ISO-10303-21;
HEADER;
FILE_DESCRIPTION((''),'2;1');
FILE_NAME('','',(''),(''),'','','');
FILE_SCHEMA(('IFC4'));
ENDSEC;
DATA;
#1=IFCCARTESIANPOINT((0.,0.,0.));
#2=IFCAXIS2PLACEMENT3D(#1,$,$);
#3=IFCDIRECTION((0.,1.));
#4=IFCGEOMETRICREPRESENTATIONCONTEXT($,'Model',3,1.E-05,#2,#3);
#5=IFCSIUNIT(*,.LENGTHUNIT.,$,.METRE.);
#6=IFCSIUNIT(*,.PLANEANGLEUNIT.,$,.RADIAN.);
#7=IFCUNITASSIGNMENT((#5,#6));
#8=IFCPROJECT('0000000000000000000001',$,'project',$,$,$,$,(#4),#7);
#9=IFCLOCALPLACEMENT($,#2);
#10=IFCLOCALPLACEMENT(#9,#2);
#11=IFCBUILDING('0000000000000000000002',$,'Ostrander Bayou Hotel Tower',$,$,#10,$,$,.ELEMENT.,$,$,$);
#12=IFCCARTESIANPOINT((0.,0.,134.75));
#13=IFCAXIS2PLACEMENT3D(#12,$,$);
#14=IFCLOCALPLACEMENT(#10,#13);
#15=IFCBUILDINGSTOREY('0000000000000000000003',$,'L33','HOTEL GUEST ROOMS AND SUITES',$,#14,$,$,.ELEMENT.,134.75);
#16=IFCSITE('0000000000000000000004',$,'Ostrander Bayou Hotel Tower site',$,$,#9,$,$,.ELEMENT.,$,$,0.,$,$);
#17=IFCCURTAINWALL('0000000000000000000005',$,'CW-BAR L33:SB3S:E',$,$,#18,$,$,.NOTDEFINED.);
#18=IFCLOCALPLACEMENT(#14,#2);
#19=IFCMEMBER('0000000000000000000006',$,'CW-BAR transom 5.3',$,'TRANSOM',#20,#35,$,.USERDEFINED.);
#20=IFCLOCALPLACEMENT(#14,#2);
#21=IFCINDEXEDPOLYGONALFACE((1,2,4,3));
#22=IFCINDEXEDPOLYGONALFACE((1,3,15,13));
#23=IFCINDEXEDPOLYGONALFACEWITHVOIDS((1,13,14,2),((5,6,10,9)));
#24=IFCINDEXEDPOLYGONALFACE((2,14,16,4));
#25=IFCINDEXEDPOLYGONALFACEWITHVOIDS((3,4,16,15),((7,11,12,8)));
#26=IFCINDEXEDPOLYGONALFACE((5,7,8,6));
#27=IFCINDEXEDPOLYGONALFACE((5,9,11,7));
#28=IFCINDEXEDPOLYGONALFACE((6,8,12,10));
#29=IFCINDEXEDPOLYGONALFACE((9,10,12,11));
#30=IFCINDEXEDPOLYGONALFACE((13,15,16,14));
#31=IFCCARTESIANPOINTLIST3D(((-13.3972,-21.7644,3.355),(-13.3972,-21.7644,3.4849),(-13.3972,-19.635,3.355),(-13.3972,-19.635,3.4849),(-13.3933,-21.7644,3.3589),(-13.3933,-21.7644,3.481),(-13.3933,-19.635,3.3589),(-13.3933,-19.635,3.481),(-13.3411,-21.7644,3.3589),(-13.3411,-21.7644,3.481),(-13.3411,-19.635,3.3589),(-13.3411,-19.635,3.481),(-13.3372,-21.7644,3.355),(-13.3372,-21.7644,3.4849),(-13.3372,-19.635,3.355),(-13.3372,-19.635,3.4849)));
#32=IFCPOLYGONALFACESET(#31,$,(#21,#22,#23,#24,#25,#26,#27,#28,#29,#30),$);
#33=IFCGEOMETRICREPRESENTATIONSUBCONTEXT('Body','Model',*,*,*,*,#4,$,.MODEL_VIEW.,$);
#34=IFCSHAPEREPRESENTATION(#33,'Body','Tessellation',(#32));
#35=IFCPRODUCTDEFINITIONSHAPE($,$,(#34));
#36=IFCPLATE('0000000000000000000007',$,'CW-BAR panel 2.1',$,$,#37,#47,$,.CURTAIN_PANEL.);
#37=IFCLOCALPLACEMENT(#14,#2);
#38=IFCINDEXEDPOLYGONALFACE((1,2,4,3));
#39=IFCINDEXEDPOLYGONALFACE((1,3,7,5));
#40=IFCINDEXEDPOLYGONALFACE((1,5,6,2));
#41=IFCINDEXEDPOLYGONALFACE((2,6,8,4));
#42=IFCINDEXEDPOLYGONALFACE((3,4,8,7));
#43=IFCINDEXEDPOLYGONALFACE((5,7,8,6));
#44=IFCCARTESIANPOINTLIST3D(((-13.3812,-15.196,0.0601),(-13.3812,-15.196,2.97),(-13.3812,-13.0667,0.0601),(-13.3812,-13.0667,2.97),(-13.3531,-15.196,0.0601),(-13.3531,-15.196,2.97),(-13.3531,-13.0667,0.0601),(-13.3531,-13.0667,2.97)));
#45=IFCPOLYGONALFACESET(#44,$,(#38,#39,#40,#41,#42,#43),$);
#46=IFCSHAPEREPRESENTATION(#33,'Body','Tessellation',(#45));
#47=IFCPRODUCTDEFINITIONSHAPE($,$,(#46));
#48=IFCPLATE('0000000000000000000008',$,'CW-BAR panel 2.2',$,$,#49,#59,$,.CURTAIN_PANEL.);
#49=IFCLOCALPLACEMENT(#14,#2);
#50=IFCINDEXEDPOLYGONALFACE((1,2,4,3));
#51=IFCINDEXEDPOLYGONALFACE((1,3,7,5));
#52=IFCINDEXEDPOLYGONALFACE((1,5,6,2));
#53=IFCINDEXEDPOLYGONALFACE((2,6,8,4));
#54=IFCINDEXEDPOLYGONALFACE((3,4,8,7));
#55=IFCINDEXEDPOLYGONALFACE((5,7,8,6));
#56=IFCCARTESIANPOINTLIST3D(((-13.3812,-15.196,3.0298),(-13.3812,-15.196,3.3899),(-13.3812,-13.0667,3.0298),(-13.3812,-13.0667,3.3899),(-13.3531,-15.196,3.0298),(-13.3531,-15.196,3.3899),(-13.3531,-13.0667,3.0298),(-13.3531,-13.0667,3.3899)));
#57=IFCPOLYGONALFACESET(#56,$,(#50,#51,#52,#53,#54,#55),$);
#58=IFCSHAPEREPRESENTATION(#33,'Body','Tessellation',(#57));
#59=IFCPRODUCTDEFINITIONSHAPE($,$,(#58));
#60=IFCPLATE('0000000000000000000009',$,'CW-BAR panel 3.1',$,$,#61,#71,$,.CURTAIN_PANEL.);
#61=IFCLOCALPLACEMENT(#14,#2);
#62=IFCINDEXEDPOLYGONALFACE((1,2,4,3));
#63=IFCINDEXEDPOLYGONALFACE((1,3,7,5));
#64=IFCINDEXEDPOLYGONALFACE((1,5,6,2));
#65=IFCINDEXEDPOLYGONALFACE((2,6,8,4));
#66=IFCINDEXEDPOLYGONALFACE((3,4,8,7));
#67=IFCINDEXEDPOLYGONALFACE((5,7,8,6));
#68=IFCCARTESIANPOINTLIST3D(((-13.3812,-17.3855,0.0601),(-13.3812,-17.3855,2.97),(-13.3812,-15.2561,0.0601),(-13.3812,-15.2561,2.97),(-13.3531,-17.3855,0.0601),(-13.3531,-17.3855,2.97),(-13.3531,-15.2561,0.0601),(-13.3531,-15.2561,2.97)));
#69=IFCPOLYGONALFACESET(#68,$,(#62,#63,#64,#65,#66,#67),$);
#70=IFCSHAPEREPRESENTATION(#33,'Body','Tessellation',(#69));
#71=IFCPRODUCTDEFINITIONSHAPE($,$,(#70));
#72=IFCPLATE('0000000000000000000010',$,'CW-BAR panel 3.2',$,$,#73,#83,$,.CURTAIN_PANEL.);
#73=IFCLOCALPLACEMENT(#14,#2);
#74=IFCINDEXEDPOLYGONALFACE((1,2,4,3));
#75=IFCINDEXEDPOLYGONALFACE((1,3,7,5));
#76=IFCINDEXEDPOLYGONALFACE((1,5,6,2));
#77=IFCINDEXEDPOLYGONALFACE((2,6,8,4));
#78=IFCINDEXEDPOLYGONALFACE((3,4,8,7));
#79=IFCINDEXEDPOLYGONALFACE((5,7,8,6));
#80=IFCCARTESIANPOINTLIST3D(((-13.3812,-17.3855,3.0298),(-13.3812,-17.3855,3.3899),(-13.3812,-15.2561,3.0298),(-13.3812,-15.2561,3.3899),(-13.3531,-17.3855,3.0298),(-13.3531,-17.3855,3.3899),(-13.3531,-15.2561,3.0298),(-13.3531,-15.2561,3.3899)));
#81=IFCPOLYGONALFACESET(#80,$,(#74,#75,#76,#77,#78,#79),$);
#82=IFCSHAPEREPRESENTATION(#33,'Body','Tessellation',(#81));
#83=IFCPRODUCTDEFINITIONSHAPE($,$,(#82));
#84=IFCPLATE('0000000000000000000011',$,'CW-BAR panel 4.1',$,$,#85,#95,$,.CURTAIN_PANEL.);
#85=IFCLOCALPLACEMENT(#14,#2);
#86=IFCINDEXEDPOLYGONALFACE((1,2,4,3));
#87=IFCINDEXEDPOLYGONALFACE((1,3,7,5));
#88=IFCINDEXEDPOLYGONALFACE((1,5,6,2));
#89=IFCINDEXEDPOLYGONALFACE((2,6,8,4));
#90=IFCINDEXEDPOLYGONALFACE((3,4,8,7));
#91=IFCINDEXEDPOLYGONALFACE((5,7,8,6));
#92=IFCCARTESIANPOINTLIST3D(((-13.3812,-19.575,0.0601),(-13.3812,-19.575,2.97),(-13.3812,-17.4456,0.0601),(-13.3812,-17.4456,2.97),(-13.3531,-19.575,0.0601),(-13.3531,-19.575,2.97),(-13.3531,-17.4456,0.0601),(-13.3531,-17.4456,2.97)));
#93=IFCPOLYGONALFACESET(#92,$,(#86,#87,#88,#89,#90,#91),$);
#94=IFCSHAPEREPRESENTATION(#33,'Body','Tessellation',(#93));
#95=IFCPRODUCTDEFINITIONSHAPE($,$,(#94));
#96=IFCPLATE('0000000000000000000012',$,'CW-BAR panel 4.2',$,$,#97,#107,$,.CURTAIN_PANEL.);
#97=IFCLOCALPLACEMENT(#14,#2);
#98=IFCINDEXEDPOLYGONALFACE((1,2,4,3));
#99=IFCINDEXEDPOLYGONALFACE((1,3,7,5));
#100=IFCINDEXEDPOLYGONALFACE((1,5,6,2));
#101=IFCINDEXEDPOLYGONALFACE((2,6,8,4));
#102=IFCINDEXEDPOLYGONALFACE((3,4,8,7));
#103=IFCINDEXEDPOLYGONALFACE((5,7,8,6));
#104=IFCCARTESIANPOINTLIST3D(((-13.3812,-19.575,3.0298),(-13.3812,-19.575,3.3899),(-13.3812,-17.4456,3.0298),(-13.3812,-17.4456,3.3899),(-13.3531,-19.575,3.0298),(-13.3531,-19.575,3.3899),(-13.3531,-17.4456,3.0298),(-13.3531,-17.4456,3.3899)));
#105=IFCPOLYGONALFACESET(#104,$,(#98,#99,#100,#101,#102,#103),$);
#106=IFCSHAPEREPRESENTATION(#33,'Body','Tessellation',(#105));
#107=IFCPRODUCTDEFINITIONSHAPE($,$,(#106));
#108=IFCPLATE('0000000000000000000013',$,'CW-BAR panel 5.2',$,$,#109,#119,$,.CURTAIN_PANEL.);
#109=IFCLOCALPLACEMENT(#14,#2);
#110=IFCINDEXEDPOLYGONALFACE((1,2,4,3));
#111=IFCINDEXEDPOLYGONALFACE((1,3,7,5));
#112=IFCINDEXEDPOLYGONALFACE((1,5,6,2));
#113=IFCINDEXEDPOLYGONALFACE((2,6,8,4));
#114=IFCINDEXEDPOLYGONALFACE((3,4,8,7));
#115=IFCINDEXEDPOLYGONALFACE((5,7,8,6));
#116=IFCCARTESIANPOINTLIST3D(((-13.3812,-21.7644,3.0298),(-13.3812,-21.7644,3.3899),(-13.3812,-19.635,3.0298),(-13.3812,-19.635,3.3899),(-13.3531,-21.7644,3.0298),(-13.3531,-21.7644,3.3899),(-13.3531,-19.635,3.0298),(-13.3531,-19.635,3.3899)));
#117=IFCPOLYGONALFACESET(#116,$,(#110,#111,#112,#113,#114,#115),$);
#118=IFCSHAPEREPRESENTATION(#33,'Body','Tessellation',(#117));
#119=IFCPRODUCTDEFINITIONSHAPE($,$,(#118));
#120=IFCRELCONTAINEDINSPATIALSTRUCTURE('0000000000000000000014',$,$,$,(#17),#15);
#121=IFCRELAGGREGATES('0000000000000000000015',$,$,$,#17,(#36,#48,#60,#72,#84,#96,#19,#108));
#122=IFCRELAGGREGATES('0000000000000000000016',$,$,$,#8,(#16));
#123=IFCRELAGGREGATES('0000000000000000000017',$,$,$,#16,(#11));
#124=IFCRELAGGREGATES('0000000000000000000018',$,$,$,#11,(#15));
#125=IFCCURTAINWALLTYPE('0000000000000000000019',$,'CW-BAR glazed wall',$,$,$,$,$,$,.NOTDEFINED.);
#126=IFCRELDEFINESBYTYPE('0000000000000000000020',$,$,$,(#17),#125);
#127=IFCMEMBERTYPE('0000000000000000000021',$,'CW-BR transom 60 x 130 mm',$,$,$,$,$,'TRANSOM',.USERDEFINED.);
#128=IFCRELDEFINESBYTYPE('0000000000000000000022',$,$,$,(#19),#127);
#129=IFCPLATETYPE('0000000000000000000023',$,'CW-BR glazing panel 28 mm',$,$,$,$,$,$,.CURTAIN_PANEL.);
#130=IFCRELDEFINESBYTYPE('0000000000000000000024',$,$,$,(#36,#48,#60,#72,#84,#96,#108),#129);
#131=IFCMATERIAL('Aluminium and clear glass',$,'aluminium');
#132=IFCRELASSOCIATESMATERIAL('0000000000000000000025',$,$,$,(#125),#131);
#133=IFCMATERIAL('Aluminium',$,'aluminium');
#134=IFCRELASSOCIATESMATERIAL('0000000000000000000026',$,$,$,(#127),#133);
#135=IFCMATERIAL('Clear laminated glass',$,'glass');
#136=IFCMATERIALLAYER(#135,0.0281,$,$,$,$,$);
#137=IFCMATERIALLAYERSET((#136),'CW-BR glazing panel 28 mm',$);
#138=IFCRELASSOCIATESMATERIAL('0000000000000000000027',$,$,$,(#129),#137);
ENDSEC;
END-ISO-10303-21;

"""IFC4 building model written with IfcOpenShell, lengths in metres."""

from ifc_helpers import new_model, si_unit, direction, frame, origin, origin_2d, place, context, subcontext, project, spatial, rectangle, hollow_rectangle, extrude, material, layer, layer_set, material_profile, profile_set, type_object, element, aggregate, save


model = new_model("IFC4")

# Units and contexts
model_context = context("Model", 3, precision=1e-05, world=origin(), true_north=direction((0.0, 1.0)))
body_context = subcontext(model_context, "Body", "Model", "MODEL_VIEW")
ifc_project = project(units=[si_unit("LENGTHUNIT", "METRE"), si_unit("PLANEANGLEUNIT", "RADIAN")], contexts=[model_context])

# Site, building, storey
site_placement = place(None, origin())
site = spatial("IfcSite", under=ifc_project, at=site_placement, Name="Ostrander Bayou Hotel Tower site", CompositionType="ELEMENT", RefElevation=0.0)
building_placement = place(site_placement, origin())
building = spatial("IfcBuilding", under=site, at=building_placement, Name="Ostrander Bayou Hotel Tower", CompositionType="ELEMENT")
storey_placement = place(building_placement, frame((0.0, 0.0, 134.75)))
storey = spatial("IfcBuildingStorey", under=building, at=storey_placement, Name="L33", Description="HOTEL GUEST ROOMS AND SUITES", CompositionType="ELEMENT", Elevation=134.75)

# Curtain wall, member, plates
ifc_material_1 = material(Name="Aluminium and clear glass", Category="aluminium")
curtain_wall_type = type_object("IfcCurtainWallType", Name="CW-BAR glazed wall", PredefinedType="NOTDEFINED", material=ifc_material_1)
curtain_wall_placement = place(storey_placement, origin())
curtain_wall = element("IfcCurtainWall", 1, at=curtain_wall_placement, inside=storey, type_object=curtain_wall_type, Name="CW-BAR L33:SB3S:E", PredefinedType="NOTDEFINED")
ifc_material_2 = material(Name="Aluminium", Category="aluminium")
ifc_material_profile_1 = material_profile(ifc_material_2, hollow_rectangle(XDim=0.0601, YDim=0.1299, WallThickness=0.0039, at=origin_2d()))
ifc_profile_set_1 = profile_set([ifc_material_profile_1], Name="Aluminium")
member_type_1 = type_object("IfcMemberType", Name="CW-BR transom 60 x 130 mm", ElementType="TRANSOM", PredefinedType="USERDEFINED", material=ifc_profile_set_1)
member_1_placement = place(storey_placement, frame((-13.3672, -19.635, 3.4199), z_axis=(0.0, -1.0, 0.0), x_axis=(1.0, 0.0, 0.0)))
member_1 = element("IfcMember", 2, at=member_1_placement, type_object=member_type_1, Name="CW-BAR transom 5.3", ObjectType="TRANSOM", PredefinedType="USERDEFINED", context=body_context, shape_type="SweptSolid", body=[
    extrude(hollow_rectangle(XDim=0.0601, YDim=0.1299, WallThickness=0.0039, at=origin_2d()), origin(), (0.0, 0.0, 1.0), 2.1294),
])
ifc_material_3 = material(Name="Clear laminated glass", Category="glass")
ifc_layer = layer(ifc_material_3, 0.0281)
ifc_layer_set = layer_set([ifc_layer], Name="CW-BR glazing panel 28 mm")
plate_type = type_object("IfcPlateType", Name="CW-BR glazing panel 28 mm", PredefinedType="CURTAIN_PANEL", material=ifc_layer_set)
plate_1_placement = place(storey_placement, frame((-13.3672, -14.1313, 0.0601), z_axis=(0.0, 0.0, 1.0), x_axis=(0.0, -1.0, 0.0)))
plate_1 = element("IfcPlate", 3, at=plate_1_placement, type_object=plate_type, Name="CW-BAR panel 2.1", PredefinedType="CURTAIN_PANEL", context=body_context, shape_type="SweptSolid", body=[
    extrude(rectangle(XDim=2.1294, YDim=0.0281, at=origin_2d()), origin(), (0.0, 0.0, 1.0), 2.9099),
])
plate_2_placement = place(storey_placement, frame((-13.3672, -14.1313, 3.0298), z_axis=(0.0, 0.0, 1.0), x_axis=(0.0, -1.0, 0.0)))
plate_2 = element("IfcPlate", 4, at=plate_2_placement, type_object=plate_type, Name="CW-BAR panel 2.2", PredefinedType="CURTAIN_PANEL", context=body_context, shape_type="SweptSolid", body=[
    extrude(rectangle(XDim=2.1294, YDim=0.0281, at=origin_2d()), origin(), (0.0, 0.0, 1.0), 0.3601),
])
plate_3_placement = place(storey_placement, frame((-13.3672, -16.3208, 0.0601), z_axis=(0.0, 0.0, 1.0), x_axis=(0.0, -1.0, 0.0)))
plate_3 = element("IfcPlate", 5, at=plate_3_placement, type_object=plate_type, Name="CW-BAR panel 3.1", PredefinedType="CURTAIN_PANEL", context=body_context, shape_type="SweptSolid", body=[
    extrude(rectangle(XDim=2.1294, YDim=0.0281, at=origin_2d()), origin(), (0.0, 0.0, 1.0), 2.9099),
])
plate_4_placement = place(storey_placement, frame((-13.3672, -16.3208, 3.0298), z_axis=(0.0, 0.0, 1.0), x_axis=(0.0, -1.0, 0.0)))
plate_4 = element("IfcPlate", 6, at=plate_4_placement, type_object=plate_type, Name="CW-BAR panel 3.2", PredefinedType="CURTAIN_PANEL", context=body_context, shape_type="SweptSolid", body=[
    extrude(rectangle(XDim=2.1294, YDim=0.0281, at=origin_2d()), origin(), (0.0, 0.0, 1.0), 0.3601),
])
plate_5_placement = place(storey_placement, frame((-13.3672, -18.5103, 0.0601), z_axis=(0.0, 0.0, 1.0), x_axis=(0.0, -1.0, 0.0)))
plate_5 = element("IfcPlate", 7, at=plate_5_placement, type_object=plate_type, Name="CW-BAR panel 4.1", PredefinedType="CURTAIN_PANEL", context=body_context, shape_type="SweptSolid", body=[
    extrude(rectangle(XDim=2.1294, YDim=0.0281, at=origin_2d()), origin(), (0.0, 0.0, 1.0), 2.9099),
])
plate_6_placement = place(storey_placement, frame((-13.3672, -18.5103, 3.0298), z_axis=(0.0, 0.0, 1.0), x_axis=(0.0, -1.0, 0.0)))
plate_6 = element("IfcPlate", 8, at=plate_6_placement, type_object=plate_type, Name="CW-BAR panel 4.2", PredefinedType="CURTAIN_PANEL", context=body_context, shape_type="SweptSolid", body=[
    extrude(rectangle(XDim=2.1294, YDim=0.0281, at=origin_2d()), origin(), (0.0, 0.0, 1.0), 0.3601),
])
plate_7_placement = place(storey_placement, frame((-13.3672, -20.6997, 3.0298), z_axis=(0.0, 0.0, 1.0), x_axis=(0.0, -1.0, 0.0)))
plate_7 = element("IfcPlate", 9, at=plate_7_placement, type_object=plate_type, Name="CW-BAR panel 5.2", PredefinedType="CURTAIN_PANEL", context=body_context, shape_type="SweptSolid", body=[
    extrude(rectangle(XDim=2.1294, YDim=0.0281, at=origin_2d()), origin(), (0.0, 0.0, 1.0), 0.3601),
])
aggregate(curtain_wall, [plate_1, plate_2, plate_3, plate_4, plate_5, plate_6, member_1, plate_7])

save(model, "model.ifc")
